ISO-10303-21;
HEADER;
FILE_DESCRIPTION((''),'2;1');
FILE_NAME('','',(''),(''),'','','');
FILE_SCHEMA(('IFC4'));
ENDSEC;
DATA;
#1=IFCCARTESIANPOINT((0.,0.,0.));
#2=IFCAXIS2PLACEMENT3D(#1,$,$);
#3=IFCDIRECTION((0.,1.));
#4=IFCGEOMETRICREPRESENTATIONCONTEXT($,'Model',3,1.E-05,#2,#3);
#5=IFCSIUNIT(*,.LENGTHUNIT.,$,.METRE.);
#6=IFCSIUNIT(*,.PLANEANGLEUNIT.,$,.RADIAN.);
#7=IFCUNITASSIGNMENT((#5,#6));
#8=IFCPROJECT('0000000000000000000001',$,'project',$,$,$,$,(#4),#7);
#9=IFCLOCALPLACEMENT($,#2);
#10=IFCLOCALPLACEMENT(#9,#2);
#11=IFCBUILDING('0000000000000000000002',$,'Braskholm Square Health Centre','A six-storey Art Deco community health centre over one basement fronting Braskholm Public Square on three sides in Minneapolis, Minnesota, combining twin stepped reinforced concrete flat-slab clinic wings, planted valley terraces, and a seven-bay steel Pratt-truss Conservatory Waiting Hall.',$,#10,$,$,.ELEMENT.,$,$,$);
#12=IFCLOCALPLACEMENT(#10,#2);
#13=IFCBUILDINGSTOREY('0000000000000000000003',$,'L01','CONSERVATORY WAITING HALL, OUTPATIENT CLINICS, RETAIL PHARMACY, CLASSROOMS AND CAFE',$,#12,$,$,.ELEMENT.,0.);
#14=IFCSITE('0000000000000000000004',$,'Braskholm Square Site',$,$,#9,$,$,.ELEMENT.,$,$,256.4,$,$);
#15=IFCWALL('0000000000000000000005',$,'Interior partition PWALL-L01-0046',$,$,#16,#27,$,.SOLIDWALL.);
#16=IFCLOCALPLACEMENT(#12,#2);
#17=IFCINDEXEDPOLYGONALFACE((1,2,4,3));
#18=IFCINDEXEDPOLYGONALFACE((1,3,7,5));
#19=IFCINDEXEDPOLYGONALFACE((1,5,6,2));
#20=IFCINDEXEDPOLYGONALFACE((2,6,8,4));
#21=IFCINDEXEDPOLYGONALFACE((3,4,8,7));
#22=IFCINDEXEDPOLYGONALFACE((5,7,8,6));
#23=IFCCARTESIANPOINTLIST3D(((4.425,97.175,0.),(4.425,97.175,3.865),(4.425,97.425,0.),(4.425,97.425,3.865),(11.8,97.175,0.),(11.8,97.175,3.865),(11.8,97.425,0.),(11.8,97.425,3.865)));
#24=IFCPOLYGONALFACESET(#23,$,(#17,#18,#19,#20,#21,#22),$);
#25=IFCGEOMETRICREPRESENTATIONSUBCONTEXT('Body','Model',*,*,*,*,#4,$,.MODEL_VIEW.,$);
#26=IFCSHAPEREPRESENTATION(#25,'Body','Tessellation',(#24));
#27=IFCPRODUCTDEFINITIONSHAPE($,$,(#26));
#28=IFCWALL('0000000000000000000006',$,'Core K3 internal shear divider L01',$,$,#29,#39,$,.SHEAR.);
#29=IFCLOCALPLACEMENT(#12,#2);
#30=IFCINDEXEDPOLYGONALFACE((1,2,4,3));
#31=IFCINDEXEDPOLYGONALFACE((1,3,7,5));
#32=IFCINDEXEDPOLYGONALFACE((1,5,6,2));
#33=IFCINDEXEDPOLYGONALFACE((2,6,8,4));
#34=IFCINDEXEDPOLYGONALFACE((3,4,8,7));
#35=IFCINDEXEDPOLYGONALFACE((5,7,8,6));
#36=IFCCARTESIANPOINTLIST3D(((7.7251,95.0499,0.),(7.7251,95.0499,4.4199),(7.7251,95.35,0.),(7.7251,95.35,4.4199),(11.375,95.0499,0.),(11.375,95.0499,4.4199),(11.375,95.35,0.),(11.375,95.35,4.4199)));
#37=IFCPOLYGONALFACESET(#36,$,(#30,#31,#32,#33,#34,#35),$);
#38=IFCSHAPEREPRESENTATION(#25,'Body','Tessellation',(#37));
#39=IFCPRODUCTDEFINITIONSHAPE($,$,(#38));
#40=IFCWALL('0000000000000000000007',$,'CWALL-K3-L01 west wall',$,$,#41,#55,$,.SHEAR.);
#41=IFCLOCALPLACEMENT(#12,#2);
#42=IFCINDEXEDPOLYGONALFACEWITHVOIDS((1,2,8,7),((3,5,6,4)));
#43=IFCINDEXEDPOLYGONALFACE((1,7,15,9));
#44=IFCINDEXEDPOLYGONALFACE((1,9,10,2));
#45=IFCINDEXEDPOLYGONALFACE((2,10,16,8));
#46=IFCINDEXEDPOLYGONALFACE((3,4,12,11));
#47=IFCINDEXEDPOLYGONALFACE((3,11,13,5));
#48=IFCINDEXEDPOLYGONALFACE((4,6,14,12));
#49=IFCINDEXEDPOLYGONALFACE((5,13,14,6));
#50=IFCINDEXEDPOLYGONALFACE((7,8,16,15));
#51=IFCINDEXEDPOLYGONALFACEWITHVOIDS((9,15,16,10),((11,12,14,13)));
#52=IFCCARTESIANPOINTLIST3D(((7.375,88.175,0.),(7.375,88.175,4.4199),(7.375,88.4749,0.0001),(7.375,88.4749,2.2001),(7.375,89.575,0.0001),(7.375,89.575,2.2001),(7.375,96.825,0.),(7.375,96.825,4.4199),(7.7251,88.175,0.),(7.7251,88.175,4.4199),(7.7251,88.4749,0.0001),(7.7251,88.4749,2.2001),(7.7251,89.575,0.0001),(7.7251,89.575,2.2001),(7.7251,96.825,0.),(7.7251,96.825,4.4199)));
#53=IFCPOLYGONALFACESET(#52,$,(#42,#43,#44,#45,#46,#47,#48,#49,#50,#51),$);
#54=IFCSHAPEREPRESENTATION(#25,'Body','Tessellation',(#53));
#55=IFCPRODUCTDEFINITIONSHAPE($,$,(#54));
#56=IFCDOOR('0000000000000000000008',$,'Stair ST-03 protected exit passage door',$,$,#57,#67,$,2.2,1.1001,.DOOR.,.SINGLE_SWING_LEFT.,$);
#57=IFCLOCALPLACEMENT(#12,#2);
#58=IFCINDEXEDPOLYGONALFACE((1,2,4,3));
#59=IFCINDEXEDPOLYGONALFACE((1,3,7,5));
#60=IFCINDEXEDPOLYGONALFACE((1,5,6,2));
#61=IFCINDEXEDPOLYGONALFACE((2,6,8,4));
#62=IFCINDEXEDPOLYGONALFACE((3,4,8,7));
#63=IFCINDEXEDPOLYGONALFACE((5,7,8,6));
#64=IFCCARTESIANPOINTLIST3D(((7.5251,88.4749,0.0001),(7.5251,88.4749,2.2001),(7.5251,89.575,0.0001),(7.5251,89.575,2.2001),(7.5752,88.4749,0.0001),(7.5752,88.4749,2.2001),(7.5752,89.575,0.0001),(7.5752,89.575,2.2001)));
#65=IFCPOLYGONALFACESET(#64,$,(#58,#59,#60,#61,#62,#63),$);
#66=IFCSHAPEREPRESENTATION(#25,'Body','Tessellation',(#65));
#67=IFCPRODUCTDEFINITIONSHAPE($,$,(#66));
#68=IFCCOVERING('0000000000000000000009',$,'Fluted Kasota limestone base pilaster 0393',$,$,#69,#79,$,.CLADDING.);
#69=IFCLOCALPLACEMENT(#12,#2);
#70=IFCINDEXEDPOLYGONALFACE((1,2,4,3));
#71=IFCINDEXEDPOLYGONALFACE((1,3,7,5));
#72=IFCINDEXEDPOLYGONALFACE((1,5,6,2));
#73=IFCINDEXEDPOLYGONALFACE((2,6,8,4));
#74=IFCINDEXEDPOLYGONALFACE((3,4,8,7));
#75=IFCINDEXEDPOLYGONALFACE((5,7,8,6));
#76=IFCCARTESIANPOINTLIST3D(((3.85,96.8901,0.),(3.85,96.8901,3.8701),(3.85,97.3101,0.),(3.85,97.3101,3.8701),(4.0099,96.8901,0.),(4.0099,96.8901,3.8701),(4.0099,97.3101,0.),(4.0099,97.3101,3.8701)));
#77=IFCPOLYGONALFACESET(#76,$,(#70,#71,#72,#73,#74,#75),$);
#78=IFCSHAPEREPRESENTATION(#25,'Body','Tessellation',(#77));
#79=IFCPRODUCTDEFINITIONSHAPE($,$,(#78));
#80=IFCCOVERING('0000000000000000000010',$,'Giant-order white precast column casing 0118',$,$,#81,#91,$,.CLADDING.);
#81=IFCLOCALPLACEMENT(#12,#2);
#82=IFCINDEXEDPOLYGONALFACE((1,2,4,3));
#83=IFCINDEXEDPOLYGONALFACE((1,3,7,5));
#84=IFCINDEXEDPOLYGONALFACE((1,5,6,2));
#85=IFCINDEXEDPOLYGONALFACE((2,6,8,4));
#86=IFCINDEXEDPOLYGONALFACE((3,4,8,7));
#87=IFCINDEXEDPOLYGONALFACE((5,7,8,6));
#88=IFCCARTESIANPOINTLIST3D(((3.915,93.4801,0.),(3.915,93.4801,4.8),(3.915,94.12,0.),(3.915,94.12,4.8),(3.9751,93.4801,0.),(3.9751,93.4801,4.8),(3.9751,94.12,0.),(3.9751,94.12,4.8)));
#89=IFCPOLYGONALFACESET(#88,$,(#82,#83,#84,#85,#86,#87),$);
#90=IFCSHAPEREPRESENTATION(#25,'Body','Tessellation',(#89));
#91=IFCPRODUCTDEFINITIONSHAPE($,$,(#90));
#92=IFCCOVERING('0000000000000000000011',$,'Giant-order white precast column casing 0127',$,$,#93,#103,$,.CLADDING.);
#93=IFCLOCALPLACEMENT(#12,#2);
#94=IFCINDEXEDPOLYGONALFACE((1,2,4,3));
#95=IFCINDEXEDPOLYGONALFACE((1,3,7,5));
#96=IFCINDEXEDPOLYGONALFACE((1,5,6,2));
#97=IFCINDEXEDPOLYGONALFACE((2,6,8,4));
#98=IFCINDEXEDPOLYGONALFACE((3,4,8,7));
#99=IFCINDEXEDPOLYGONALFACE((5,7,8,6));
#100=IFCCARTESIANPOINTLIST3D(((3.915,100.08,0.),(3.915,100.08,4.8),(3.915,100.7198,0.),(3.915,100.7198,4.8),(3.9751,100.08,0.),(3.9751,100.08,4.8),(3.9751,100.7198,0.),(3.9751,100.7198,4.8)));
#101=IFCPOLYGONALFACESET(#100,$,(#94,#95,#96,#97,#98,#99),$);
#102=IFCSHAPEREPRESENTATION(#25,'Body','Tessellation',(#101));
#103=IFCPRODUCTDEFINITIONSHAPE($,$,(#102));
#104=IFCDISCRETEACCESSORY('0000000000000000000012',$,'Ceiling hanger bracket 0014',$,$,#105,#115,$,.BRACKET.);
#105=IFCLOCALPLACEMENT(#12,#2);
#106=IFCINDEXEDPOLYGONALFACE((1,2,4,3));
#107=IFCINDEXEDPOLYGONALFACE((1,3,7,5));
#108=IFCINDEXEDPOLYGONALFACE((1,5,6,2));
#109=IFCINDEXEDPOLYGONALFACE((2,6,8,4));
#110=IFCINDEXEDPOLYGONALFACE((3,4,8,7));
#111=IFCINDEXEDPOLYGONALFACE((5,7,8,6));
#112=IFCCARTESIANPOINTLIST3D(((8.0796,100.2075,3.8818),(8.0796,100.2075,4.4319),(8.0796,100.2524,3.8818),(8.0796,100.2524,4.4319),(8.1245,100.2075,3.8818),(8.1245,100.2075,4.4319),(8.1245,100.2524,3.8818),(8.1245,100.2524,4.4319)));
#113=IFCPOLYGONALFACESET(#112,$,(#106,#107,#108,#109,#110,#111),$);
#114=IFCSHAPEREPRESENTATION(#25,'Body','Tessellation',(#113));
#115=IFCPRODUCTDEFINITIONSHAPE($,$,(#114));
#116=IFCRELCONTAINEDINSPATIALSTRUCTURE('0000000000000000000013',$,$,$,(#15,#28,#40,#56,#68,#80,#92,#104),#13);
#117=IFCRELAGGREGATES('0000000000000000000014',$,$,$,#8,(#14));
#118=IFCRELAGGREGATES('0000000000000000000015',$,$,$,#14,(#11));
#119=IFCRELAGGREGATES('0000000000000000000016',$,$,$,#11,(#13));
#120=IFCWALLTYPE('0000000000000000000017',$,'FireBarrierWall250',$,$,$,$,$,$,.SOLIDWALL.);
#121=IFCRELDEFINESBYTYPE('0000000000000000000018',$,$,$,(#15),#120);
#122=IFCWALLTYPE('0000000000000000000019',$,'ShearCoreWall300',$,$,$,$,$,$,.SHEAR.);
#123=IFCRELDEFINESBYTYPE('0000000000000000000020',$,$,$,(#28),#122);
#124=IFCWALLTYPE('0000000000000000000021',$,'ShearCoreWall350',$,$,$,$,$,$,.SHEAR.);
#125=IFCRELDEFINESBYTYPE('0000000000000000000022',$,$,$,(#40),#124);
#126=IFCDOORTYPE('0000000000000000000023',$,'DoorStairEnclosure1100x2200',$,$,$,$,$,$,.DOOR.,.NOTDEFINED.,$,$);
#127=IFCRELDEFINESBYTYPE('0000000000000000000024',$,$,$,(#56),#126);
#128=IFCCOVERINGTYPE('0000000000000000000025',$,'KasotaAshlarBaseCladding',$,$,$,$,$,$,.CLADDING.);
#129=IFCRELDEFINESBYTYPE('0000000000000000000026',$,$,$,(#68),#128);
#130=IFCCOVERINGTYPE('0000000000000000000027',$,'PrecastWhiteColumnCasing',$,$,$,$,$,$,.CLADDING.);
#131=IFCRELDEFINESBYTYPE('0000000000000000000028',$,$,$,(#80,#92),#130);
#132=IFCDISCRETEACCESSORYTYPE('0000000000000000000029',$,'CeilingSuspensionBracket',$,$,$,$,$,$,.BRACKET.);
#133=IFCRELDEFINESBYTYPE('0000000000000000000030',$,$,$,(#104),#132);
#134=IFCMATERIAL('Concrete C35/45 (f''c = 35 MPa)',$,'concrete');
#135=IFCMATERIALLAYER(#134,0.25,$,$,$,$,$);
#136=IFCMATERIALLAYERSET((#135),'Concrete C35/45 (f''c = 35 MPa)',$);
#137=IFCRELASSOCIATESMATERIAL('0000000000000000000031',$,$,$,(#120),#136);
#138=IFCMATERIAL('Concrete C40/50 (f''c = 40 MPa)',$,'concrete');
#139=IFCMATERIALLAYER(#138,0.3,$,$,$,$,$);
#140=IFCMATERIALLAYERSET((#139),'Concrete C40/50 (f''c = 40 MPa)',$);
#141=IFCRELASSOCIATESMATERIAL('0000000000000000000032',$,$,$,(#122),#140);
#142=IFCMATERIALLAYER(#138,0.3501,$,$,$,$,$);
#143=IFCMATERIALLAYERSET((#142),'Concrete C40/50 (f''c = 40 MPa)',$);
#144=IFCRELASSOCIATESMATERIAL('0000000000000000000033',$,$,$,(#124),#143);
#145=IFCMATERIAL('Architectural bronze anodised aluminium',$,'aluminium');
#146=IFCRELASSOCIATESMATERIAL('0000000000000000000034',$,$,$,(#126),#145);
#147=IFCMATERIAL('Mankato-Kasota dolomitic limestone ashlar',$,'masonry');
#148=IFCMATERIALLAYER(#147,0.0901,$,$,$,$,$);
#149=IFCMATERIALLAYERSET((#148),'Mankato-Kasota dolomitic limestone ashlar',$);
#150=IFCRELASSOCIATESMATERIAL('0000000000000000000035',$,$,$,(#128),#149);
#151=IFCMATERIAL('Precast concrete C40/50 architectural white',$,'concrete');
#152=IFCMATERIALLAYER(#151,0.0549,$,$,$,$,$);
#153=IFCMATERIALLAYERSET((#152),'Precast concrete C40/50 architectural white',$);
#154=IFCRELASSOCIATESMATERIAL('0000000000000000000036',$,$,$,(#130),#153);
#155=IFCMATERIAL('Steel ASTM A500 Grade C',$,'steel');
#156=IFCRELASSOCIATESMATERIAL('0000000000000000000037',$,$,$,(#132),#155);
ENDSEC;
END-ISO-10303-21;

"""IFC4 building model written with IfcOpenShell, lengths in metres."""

from ifc_helpers import new_model, si_unit, direction, frame, frame_2d, origin, origin_2d, place, context, subcontext, project, spatial, rectangle, extrude, material, layer, layer_set, type_object, element, fill, save


model = new_model("IFC4")

# Units and contexts
model_context = context("Model", 3, precision=1e-05, world=origin(), true_north=direction((0.0, 1.0)))
body_context = subcontext(model_context, "Body", "Model", "MODEL_VIEW")
ifc_project = project(units=[si_unit("LENGTHUNIT", "METRE"), si_unit("PLANEANGLEUNIT", "RADIAN")], contexts=[model_context])

# Site, building, storey
site_placement = place(None, origin())
site = spatial("IfcSite", under=ifc_project, at=site_placement, Name="Braskholm Square Site", CompositionType="ELEMENT", RefElevation=256.4)
building_placement = place(site_placement, origin())
building = spatial("IfcBuilding", under=site, at=building_placement, Name="Braskholm Square Health Centre", Description="A six-storey Art Deco community health centre over one basement fronting Braskholm Public Square on three sides in Minneapolis, Minnesota, combining twin stepped reinforced concrete flat-slab clinic wings, planted valley terraces, and a seven-bay steel Pratt-truss Conservatory Waiting Hall.", CompositionType="ELEMENT")
storey_placement = place(building_placement, origin())
storey = spatial("IfcBuildingStorey", under=building, at=storey_placement, Name="L01", Description="CONSERVATORY WAITING HALL, OUTPATIENT CLINICS, RETAIL PHARMACY, CLASSROOMS AND CAFE", CompositionType="ELEMENT", Elevation=0.0)

# Shared definitions
ifc_material_1 = material(Name="Precast concrete C40/50 architectural white", Category="concrete")

# Shared definitions
ifc_material_2 = material(Name="Concrete C40/50 (f'c = 40 MPa)", Category="concrete")

# Shared definitions
ifc_material_3 = material(Name="Mankato-Kasota dolomitic limestone ashlar", Category="masonry")
ifc_material_4 = material(Name="Architectural bronze anodised aluminium", Category="aluminium")

# Walls
ifc_material_5 = material(Name="Concrete C35/45 (f'c = 35 MPa)", Category="concrete")
ifc_layer_1 = layer(ifc_material_5, 0.25)
ifc_layer_set_1 = layer_set([ifc_layer_1], Name="Concrete C35/45 (f'c = 35 MPa)")
wall_type_1 = type_object("IfcWallType", Name="FireBarrierWall250", PredefinedType="SOLIDWALL", material=ifc_layer_set_1)
wall_1_placement = place(storey_placement, frame((4.425, 97.3, 0.0), z_axis=(0.0, 0.0, 1.0), x_axis=(1.0, 0.0, 0.0)))
element("IfcWall", 1, at=wall_1_placement, inside=storey, type_object=wall_type_1, Name="Interior partition PWALL-L01-0046", PredefinedType="SOLIDWALL", context=body_context, shape_type="SweptSolid", body=[
    extrude(rectangle(XDim=7.375, YDim=0.25, at=frame_2d((3.6875, 0.0))), origin(), (0.0, 0.0, 1.0), 3.865),
])
ifc_layer_2 = layer(ifc_material_2, 0.3)
ifc_layer_set_2 = layer_set([ifc_layer_2], Name="Concrete C40/50 (f'c = 40 MPa)")
wall_type_2 = type_object("IfcWallType", Name="ShearCoreWall300", PredefinedType="SHEAR", material=ifc_layer_set_2)
wall_2_placement = place(storey_placement, frame((7.7251, 95.2, 0.0), z_axis=(0.0, 0.0, 1.0), x_axis=(1.0, 0.0, 0.0)))
element("IfcWall", 2, at=wall_2_placement, inside=storey, type_object=wall_type_2, Name="Core K3 internal shear divider L01", PredefinedType="SHEAR", context=body_context, shape_type="SweptSolid", body=[
    extrude(rectangle(XDim=3.6499, YDim=0.3, at=frame_2d((1.825, 0.0))), origin(), (0.0, 0.0, 1.0), 4.4199),
])

# Wall, opening, door
ifc_layer_3 = layer(ifc_material_2, 0.3501)
ifc_layer_set_3 = layer_set([ifc_layer_3], Name="Concrete C40/50 (f'c = 40 MPa)")
wall_type_3 = type_object("IfcWallType", Name="ShearCoreWall350", PredefinedType="SHEAR", material=ifc_layer_set_3)
wall_3_placement = place(storey_placement, frame((7.55, 96.825, 0.0), z_axis=(0.0, 0.0, 1.0), x_axis=(0.0, -1.0, 0.0)))
wall_3 = element("IfcWall", 3, at=wall_3_placement, inside=storey, type_object=wall_type_3, Name="CWALL-K3-L01 west wall", PredefinedType="SHEAR", context=body_context, shape_type="SweptSolid", body=[
    extrude(rectangle(XDim=8.6499, YDim=0.3501, at=frame_2d((4.325, 0.0))), origin(), (0.0, 0.0, 1.0), 4.4199),
])
opening_1_placement = place(wall_3_placement, frame((7.25, 0.0, 0.0)))
opening_1 = element("IfcOpeningElement", 4, at=opening_1_placement, cuts=wall_3, PredefinedType="OPENING", context=body_context, shape_type="SweptSolid", body=[
    extrude(rectangle(XDim=1.1001, YDim=2.2, at=frame_2d((0.55, 1.1001))), frame((0.0, 0.1851, 0.0), z_axis=(0.0, -1.0, 0.0), x_axis=(1.0, 0.0, 0.0)), (0.0, 0.0, 1.0), 0.3701),
])
door_type_1 = type_object("IfcDoorType", Name="DoorStairEnclosure1100x2200", OperationType="NOTDEFINED", PredefinedType="DOOR", material=ifc_material_4)
door_1_placement = place(opening_1_placement, frame((1.1001, 0.0, 0.0), z_axis=(0.0, 0.0, 1.0), x_axis=(-1.0, 0.0, 0.0)))
door_1 = element("IfcDoor", 5, at=door_1_placement, inside=storey, type_object=door_type_1, Name="Stair ST-03 protected exit passage door", OperationType="SINGLE_SWING_LEFT", OverallHeight=2.2, OverallWidth=1.1001, PredefinedType="DOOR", context=body_context, shape_type="SweptSolid", body=[
    extrude(rectangle(XDim=1.1001, YDim=2.2, at=frame_2d((0.55, 1.1001))), frame((0.0, 0.0249, 0.0), z_axis=(0.0, -1.0, 0.0), x_axis=(1.0, 0.0, 0.0)), (0.0, 0.0, 1.0), 0.05),
])
fill(opening_1, door_1)

# Coverings
ifc_layer_4 = layer(ifc_material_3, 0.0901)
ifc_layer_set_4 = layer_set([ifc_layer_4], Name="Mankato-Kasota dolomitic limestone ashlar")
covering_type_1 = type_object("IfcCoveringType", Name="KasotaAshlarBaseCladding", PredefinedType="CLADDING", material=ifc_layer_set_4)
covering_placement = place(storey_placement, frame((3.9299, 97.1001, 0.0), z_axis=(0.0, 0.0, 1.0), x_axis=(1.0, 0.0, 0.0)))
element("IfcCovering", 6, at=covering_placement, inside=storey, type_object=covering_type_1, Name="Fluted Kasota limestone base pilaster 0393", PredefinedType="CLADDING", context=body_context, shape_type="SweptSolid", body=[
    extrude(rectangle(XDim=0.1599, YDim=0.4199, at=origin_2d()), origin(), (0.0, 0.0, 1.0), 3.8701),
])
ifc_layer_5 = layer(ifc_material_1, 0.0549)
ifc_layer_set_5 = layer_set([ifc_layer_5], Name="Precast concrete C40/50 architectural white")
covering_type_2 = type_object("IfcCoveringType", Name="PrecastWhiteColumnCasing", PredefinedType="CLADDING", material=ifc_layer_set_5)
for number, where, z_axis, x_axis, name in (
    (7, (3.9451, 93.8, 0.0), (0.0, 0.0, 1.0), (1.0, 0.0, 0.0), "Giant-order white precast column casing 0118"),
    (8, (3.9451, 100.3999, 0.0), (0.0, 0.0, 1.0), (1.0, 0.0, 0.0), "Giant-order white precast column casing 0127"),
):
    element("IfcCovering", number, at=place(storey_placement, frame(where, z_axis=z_axis, x_axis=x_axis)), inside=storey, type_object=covering_type_2, Name=name, PredefinedType="CLADDING", context=body_context, shape_type="SweptSolid", body=[
        extrude(rectangle(XDim=0.0601, YDim=0.6399, at=origin_2d()), origin(), (0.0, 0.0, 1.0), 4.8),
    ])

# Discrete accessory
ifc_material_6 = material(Name="Steel ASTM A500 Grade C", Category="steel")
discrete_accessory_type = type_object("IfcDiscreteAccessoryType", Name="CeilingSuspensionBracket", PredefinedType="BRACKET", material=ifc_material_6)
discrete_accessory_placement = place(storey_placement, frame((8.1021, 100.23, 3.8818), z_axis=(0.0, 0.0, 1.0), x_axis=(1.0, 0.0, 0.0)))
element("IfcDiscreteAccessory", 9, at=discrete_accessory_placement, inside=storey, type_object=discrete_accessory_type, Name="Ceiling hanger bracket 0014", PredefinedType="BRACKET", context=body_context, shape_type="SweptSolid", body=[
    extrude(rectangle(XDim=0.0449, YDim=0.0449, at=origin_2d()), origin(), (0.0, 0.0, 1.0), 0.55),
])

save(model, "model.ifc")
